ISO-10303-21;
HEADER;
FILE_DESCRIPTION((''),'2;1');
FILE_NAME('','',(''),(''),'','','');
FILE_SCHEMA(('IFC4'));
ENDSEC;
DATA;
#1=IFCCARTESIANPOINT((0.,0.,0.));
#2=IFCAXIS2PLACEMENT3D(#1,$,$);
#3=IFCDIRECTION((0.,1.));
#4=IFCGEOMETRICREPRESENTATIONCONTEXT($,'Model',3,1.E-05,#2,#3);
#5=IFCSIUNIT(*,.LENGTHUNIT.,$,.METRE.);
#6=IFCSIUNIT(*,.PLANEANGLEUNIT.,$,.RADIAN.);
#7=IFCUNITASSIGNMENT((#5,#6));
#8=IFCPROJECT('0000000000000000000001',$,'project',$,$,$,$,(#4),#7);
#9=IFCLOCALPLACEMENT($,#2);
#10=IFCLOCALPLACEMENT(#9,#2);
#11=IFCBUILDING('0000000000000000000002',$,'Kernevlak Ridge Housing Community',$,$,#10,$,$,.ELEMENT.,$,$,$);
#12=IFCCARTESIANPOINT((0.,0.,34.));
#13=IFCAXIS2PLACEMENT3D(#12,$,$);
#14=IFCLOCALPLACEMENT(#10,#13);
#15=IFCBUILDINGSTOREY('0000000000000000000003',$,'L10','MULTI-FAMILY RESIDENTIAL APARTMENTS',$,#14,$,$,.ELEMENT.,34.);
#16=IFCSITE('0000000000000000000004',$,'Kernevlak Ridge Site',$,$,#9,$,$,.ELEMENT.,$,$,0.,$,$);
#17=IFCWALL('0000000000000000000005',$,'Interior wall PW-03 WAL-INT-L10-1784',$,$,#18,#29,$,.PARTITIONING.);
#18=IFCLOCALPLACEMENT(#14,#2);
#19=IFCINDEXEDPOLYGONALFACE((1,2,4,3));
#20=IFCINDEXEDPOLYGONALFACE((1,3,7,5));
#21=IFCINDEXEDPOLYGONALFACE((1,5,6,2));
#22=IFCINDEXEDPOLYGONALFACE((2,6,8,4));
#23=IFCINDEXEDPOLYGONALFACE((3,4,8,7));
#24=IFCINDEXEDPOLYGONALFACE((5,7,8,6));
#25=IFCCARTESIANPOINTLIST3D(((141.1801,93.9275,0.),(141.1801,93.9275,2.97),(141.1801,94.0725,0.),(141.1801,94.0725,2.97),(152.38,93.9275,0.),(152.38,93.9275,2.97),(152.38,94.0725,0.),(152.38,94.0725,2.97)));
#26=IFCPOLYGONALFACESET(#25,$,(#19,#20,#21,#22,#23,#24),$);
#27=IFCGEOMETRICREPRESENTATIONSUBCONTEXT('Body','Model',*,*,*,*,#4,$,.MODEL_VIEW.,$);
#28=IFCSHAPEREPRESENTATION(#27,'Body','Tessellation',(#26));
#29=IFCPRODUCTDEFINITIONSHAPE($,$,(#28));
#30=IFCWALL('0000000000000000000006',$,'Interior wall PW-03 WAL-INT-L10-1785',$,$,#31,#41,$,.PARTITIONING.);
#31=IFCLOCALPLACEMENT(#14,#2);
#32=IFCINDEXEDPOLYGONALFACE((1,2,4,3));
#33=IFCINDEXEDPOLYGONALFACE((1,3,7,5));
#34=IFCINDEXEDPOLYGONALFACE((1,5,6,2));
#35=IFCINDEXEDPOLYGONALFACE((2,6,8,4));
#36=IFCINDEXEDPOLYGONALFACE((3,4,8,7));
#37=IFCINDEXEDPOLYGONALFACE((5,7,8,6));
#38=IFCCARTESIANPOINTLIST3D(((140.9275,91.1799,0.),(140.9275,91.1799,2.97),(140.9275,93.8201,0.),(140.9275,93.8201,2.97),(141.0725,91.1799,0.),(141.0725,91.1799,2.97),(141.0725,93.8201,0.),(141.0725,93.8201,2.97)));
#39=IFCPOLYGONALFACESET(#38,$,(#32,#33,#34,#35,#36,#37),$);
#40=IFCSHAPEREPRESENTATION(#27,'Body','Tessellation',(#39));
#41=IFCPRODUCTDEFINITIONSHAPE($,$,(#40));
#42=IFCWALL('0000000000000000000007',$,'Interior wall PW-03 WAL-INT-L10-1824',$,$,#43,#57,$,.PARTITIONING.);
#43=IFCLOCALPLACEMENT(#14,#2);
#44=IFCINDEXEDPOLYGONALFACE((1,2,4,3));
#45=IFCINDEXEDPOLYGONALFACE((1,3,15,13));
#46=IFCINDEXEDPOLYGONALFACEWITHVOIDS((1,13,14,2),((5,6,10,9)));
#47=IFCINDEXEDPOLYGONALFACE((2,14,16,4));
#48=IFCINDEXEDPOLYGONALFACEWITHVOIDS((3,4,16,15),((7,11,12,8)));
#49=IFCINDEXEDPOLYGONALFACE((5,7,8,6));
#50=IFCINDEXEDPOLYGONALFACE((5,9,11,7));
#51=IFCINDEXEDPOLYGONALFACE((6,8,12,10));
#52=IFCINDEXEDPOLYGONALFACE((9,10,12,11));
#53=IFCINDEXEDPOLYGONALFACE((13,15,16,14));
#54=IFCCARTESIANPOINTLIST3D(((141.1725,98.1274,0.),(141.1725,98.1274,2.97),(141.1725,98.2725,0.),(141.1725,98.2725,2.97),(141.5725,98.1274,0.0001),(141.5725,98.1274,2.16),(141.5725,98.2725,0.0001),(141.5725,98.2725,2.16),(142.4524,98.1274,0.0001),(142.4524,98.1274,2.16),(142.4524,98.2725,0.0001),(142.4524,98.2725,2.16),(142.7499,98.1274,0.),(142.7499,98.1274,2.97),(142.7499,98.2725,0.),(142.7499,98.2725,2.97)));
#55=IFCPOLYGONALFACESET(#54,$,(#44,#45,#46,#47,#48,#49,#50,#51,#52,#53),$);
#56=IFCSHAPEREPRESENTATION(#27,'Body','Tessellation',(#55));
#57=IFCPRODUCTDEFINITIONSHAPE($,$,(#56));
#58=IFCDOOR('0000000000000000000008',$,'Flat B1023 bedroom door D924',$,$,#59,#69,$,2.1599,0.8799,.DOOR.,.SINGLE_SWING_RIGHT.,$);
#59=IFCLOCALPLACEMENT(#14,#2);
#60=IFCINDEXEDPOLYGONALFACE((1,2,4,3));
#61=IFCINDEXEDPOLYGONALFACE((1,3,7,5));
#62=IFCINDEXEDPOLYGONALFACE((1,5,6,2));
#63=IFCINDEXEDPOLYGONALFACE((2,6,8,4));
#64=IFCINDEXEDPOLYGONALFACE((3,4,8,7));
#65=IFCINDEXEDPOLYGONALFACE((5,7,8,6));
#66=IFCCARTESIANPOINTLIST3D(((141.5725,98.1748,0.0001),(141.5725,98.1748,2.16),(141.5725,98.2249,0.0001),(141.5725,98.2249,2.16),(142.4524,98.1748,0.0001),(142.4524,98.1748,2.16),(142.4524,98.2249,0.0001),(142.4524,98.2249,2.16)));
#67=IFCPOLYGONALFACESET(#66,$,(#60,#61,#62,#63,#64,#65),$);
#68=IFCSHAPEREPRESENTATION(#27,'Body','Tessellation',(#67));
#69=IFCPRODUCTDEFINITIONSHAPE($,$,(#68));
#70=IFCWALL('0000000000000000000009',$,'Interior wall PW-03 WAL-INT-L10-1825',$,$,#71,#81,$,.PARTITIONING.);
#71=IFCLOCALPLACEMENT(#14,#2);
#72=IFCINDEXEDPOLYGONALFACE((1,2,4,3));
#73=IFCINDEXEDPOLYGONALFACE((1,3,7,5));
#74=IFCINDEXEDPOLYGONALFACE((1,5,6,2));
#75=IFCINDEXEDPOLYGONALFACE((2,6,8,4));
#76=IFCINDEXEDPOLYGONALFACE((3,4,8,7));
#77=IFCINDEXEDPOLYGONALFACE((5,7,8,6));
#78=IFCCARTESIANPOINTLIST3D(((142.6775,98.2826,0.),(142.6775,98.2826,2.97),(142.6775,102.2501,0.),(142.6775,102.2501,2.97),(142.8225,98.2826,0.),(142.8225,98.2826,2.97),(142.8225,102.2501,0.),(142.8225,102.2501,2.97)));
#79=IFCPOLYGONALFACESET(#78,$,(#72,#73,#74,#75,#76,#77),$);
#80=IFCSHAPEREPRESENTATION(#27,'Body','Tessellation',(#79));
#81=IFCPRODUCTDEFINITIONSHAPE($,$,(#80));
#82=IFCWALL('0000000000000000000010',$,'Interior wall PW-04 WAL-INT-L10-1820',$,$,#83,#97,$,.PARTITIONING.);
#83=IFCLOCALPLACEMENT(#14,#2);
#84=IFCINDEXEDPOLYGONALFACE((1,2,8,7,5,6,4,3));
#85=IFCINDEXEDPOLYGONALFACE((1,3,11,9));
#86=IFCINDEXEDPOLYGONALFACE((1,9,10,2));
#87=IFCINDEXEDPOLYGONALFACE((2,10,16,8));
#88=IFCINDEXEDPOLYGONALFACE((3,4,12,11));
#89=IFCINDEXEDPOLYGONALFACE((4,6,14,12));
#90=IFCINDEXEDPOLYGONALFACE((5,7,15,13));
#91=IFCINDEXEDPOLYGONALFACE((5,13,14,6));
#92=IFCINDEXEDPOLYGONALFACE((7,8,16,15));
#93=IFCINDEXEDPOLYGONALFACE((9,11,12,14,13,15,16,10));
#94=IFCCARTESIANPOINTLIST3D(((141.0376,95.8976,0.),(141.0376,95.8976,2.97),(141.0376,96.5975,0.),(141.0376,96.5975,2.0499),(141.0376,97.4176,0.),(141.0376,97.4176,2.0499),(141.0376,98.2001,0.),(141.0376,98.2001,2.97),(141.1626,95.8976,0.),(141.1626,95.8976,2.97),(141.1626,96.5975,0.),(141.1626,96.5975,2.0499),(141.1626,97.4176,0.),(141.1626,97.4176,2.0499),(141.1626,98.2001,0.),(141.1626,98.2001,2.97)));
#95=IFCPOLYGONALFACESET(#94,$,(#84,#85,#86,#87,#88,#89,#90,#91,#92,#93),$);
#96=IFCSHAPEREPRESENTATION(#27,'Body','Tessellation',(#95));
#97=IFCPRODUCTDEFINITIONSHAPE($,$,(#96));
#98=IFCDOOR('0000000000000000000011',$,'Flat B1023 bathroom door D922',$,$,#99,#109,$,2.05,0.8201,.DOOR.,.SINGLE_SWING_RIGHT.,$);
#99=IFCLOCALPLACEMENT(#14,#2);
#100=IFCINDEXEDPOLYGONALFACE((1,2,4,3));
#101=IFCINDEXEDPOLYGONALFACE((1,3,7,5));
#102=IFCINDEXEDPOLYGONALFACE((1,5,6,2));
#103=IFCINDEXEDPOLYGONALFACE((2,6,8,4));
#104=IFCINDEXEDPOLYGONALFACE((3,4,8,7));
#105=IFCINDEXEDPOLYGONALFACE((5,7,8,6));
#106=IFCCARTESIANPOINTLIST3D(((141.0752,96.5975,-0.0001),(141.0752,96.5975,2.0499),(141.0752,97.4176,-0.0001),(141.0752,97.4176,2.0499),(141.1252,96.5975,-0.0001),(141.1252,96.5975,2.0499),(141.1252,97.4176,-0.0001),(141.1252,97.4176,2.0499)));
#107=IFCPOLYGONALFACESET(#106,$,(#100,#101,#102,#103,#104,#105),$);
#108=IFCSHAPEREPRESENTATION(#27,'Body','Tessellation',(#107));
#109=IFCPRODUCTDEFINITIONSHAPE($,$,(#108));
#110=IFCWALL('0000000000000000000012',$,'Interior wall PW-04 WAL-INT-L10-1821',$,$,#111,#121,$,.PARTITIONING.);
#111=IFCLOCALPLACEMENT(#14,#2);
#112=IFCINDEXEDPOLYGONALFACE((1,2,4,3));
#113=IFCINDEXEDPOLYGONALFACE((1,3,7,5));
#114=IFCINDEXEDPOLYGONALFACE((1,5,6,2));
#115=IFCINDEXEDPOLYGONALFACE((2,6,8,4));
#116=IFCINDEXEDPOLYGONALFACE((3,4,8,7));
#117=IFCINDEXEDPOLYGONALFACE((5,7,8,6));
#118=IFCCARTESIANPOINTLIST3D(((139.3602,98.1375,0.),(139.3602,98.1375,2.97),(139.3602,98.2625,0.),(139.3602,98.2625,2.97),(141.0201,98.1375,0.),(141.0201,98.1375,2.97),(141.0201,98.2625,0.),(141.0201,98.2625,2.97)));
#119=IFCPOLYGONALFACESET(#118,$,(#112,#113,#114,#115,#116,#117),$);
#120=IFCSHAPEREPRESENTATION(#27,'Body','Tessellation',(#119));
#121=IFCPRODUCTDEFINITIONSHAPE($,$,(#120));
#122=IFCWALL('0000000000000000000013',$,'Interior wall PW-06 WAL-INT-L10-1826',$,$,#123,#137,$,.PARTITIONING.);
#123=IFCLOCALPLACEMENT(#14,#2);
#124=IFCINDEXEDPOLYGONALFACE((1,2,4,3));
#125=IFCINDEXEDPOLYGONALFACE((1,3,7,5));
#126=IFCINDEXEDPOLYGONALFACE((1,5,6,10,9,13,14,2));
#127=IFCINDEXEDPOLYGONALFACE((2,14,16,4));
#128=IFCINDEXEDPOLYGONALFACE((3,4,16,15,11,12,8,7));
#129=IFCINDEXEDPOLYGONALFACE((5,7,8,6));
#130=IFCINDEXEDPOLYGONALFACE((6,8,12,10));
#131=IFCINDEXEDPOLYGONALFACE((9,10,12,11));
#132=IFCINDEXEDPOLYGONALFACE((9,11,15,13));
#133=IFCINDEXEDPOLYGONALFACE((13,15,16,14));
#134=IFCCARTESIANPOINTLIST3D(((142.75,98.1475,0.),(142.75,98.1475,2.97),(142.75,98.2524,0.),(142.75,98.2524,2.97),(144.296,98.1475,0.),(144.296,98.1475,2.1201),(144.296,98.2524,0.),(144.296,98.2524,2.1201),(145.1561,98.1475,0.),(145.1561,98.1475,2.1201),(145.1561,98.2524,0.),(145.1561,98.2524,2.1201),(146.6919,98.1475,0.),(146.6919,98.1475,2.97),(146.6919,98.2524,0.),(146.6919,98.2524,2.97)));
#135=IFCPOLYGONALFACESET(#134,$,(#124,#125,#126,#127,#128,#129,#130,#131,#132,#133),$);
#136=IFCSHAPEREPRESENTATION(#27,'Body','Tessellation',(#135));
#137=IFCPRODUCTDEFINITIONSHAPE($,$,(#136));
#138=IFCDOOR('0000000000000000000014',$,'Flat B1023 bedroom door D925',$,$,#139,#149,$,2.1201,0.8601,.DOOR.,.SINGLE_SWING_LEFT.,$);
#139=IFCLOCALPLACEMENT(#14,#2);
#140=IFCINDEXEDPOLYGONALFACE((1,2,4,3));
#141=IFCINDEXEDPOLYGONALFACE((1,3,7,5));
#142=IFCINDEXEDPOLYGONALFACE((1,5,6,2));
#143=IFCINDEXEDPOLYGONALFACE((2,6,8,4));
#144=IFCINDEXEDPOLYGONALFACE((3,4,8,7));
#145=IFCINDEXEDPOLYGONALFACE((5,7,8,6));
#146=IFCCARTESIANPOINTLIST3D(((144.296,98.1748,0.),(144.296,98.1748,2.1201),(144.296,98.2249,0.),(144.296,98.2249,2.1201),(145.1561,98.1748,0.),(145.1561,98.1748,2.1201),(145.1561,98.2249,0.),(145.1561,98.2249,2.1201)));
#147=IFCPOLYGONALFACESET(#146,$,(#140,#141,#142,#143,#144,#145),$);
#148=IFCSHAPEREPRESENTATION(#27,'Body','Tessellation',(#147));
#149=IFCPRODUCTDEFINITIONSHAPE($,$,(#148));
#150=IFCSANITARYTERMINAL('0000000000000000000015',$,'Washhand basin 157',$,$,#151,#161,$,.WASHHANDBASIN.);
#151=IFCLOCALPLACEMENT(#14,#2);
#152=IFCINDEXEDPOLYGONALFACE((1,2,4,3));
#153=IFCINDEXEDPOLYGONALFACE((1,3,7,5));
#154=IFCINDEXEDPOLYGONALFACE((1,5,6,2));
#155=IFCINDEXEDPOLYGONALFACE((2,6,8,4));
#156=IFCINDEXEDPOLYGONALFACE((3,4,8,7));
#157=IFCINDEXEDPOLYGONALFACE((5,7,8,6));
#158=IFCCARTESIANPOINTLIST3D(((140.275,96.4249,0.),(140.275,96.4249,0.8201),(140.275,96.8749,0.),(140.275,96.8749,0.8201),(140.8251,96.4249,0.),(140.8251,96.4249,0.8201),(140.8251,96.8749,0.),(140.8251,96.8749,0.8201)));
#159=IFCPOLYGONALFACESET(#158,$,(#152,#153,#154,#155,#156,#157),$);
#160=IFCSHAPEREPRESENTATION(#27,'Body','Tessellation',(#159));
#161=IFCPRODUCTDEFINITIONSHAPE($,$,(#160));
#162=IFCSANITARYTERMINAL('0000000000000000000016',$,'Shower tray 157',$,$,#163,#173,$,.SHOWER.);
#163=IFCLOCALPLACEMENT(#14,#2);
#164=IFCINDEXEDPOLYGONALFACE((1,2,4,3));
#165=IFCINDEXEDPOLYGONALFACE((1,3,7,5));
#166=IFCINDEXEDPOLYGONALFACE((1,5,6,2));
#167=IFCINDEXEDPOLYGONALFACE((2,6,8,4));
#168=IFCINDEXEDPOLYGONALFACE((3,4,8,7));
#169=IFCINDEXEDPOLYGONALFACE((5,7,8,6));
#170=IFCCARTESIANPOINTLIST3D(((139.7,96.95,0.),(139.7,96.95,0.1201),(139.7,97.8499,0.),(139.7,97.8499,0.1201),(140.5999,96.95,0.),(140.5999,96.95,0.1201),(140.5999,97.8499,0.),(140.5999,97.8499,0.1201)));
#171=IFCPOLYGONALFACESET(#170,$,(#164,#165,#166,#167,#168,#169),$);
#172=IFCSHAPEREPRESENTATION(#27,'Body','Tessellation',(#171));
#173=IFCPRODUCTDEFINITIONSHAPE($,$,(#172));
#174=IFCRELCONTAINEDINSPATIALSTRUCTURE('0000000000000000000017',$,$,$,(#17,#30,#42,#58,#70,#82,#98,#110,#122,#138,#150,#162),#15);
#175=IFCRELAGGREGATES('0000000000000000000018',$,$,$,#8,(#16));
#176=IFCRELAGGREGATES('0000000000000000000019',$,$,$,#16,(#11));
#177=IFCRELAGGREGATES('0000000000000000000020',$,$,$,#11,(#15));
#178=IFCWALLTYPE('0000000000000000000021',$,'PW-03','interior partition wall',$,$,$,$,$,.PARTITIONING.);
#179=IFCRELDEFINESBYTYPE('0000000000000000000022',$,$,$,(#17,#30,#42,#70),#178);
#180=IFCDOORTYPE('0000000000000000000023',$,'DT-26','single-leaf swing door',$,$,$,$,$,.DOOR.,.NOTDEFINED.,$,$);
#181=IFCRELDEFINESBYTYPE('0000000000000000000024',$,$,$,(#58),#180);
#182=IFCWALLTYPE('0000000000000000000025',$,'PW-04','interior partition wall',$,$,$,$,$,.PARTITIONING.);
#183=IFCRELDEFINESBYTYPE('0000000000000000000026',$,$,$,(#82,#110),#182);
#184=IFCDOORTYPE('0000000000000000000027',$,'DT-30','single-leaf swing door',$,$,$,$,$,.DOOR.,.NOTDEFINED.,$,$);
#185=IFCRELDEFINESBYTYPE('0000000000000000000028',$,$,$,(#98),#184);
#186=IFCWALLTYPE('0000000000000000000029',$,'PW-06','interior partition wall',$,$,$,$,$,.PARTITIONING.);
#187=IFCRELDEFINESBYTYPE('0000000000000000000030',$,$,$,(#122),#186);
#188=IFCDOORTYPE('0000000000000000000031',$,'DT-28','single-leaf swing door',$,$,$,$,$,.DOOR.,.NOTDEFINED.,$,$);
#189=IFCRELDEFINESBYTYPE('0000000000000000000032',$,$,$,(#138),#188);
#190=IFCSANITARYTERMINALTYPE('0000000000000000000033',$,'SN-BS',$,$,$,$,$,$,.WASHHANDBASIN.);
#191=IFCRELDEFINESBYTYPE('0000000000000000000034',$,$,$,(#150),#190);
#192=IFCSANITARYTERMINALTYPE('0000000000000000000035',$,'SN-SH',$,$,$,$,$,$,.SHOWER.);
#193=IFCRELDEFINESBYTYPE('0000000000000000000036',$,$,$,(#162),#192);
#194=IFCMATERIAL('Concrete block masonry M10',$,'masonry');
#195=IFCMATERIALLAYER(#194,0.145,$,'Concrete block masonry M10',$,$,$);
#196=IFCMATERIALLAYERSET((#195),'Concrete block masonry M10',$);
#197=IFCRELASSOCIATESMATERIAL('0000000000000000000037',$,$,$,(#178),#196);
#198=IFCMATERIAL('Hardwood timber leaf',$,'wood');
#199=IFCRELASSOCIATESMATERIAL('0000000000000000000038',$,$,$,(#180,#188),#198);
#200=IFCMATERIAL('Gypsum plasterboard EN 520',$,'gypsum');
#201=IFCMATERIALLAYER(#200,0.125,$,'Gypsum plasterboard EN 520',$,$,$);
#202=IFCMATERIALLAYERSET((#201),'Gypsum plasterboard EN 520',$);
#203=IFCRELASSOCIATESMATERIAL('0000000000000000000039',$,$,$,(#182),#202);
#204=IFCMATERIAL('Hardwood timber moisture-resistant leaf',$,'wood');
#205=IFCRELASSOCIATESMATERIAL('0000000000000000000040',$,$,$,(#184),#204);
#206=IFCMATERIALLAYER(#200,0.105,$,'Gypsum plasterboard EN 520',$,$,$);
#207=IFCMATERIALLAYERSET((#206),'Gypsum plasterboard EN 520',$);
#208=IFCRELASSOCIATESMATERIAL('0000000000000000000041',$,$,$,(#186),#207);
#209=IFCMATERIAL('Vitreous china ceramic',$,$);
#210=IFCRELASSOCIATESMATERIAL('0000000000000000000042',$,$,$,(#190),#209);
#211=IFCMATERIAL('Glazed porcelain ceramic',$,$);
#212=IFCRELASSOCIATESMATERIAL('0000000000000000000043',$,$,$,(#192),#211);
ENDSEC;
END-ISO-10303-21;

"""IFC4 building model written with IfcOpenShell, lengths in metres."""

from ifc_helpers import new_model, si_unit, direction, frame, frame_2d, origin, origin_2d, place, context, subcontext, project, spatial, rectangle, extrude, material, layer, layer_set, type_object, element, fill, save


model = new_model("IFC4")

# Units and contexts
model_context = context("Model", 3, precision=1e-05, world=origin(), true_north=direction((0.0, 1.0)))
body_context = subcontext(model_context, "Body", "Model", "MODEL_VIEW")
ifc_project = project(units=[si_unit("LENGTHUNIT", "METRE"), si_unit("PLANEANGLEUNIT", "RADIAN")], contexts=[model_context])

# Site, building, storey
site_placement = place(None, origin())
site = spatial("IfcSite", under=ifc_project, at=site_placement, Name="Kernevlak Ridge Site", CompositionType="ELEMENT", RefElevation=0.0)
building_placement = place(site_placement, origin())
building = spatial("IfcBuilding", under=site, at=building_placement, Name="Kernevlak Ridge Housing Community", CompositionType="ELEMENT")
storey_placement = place(building_placement, frame((0.0, 0.0, 34.0)))
storey = spatial("IfcBuildingStorey", under=building, at=storey_placement, Name="L10", Description="MULTI-FAMILY RESIDENTIAL APARTMENTS", CompositionType="ELEMENT", Elevation=34.0)

# Shared definitions
ifc_material_1 = material(Name="Concrete block masonry M10", Category="masonry")

# Walls
ifc_layer_1 = layer(ifc_material_1, 0.145, Name="Concrete block masonry M10")
ifc_layer_set_1 = layer_set([ifc_layer_1], Name="Concrete block masonry M10")
wall_type_1 = type_object("IfcWallType", Name="PW-03", Description="interior partition wall", PredefinedType="PARTITIONING", material=ifc_layer_set_1)
wall_1_placement = place(storey_placement, frame((141.1799, 94.0, 0.0), z_axis=(0.0, 0.0, 1.0), x_axis=(1.0, 0.0, 0.0)))
element("IfcWall", 1, at=wall_1_placement, inside=storey, type_object=wall_type_1, Name="Interior wall PW-03 WAL-INT-L10-1784", PredefinedType="PARTITIONING", context=body_context, shape_type="SweptSolid", body=[
    extrude(rectangle(XDim=11.2, YDim=0.145, at=frame_2d((5.6001, 0.0))), origin(), (0.0, 0.0, 1.0), 2.97),
])
wall_2_placement = place(storey_placement, frame((141.0, 91.1799, 0.0), z_axis=(0.0, 0.0, 1.0), x_axis=(0.0, 1.0, 0.0)))
element("IfcWall", 2, at=wall_2_placement, inside=storey, type_object=wall_type_1, Name="Interior wall PW-03 WAL-INT-L10-1785", PredefinedType="PARTITIONING", context=body_context, shape_type="SweptSolid", body=[
    extrude(rectangle(XDim=2.6401, YDim=0.145, at=frame_2d((1.3201, 0.0))), origin(), (0.0, 0.0, 1.0), 2.97),
])

# Wall, opening, door
wall_3_placement = place(storey_placement, frame((141.1726, 98.2, 0.0), z_axis=(0.0, 0.0, 1.0), x_axis=(1.0, 0.0, 0.0)))
wall_3 = element("IfcWall", 3, at=wall_3_placement, inside=storey, type_object=wall_type_1, Name="Interior wall PW-03 WAL-INT-L10-1824", PredefinedType="PARTITIONING", context=body_context, shape_type="SweptSolid", body=[
    extrude(rectangle(XDim=1.5774, YDim=0.145, at=frame_2d((0.7886, 0.0))), origin(), (0.0, 0.0, 1.0), 2.97),
])
opening_1_placement = place(wall_3_placement, frame((0.3999, 0.0, 0.0)))
opening_1 = element("IfcOpeningElement", 4, at=opening_1_placement, cuts=wall_3, PredefinedType="OPENING", context=body_context, shape_type="SweptSolid", body=[
    extrude(rectangle(XDim=0.8799, YDim=2.1599, at=frame_2d((0.4399, 1.0801))), frame((0.0, 0.0825, 0.0), z_axis=(0.0, -1.0, 0.0), x_axis=(1.0, 0.0, 0.0)), (0.0, 0.0, 1.0), 0.165),
])
ifc_material_2 = material(Name="Hardwood timber leaf", Category="wood")
door_type_1 = type_object("IfcDoorType", Name="DT-26", Description="single-leaf swing door", OperationType="NOTDEFINED", PredefinedType="DOOR", material=ifc_material_2)
door_1_placement = place(opening_1_placement, origin())
door_1 = element("IfcDoor", 5, at=door_1_placement, inside=storey, type_object=door_type_1, Name="Flat B1023 bedroom door D924", OperationType="SINGLE_SWING_RIGHT", OverallHeight=2.1599, OverallWidth=0.8799, PredefinedType="DOOR", context=body_context, shape_type="SweptSolid", body=[
    extrude(rectangle(XDim=0.8799, YDim=2.1599, at=frame_2d((0.4399, 1.0801))), frame((0.0, 0.0249, 0.0), z_axis=(0.0, -1.0, 0.0), x_axis=(1.0, 0.0, 0.0)), (0.0, 0.0, 1.0), 0.05),
])
fill(opening_1, door_1)

# Wall
wall_4_placement = place(storey_placement, frame((142.75, 98.2825, 0.0), z_axis=(0.0, 0.0, 1.0), x_axis=(0.0, 1.0, 0.0)))
element("IfcWall", 6, at=wall_4_placement, inside=storey, type_object=wall_type_1, Name="Interior wall PW-03 WAL-INT-L10-1825", PredefinedType="PARTITIONING", context=body_context, shape_type="SweptSolid", body=[
    extrude(rectangle(XDim=3.9675, YDim=0.145, at=frame_2d((1.9839, 0.0))), origin(), (0.0, 0.0, 1.0), 2.97),
])

# Wall, opening, door
ifc_material_3 = material(Name="Gypsum plasterboard EN 520", Category="gypsum")
ifc_layer_2 = layer(ifc_material_3, 0.125, Name="Gypsum plasterboard EN 520")
ifc_layer_set_2 = layer_set([ifc_layer_2], Name="Gypsum plasterboard EN 520")
wall_type_2 = type_object("IfcWallType", Name="PW-04", Description="interior partition wall", PredefinedType="PARTITIONING", material=ifc_layer_set_2)
wall_5_placement = place(storey_placement, frame((141.1001, 95.8975, 0.0), z_axis=(0.0, 0.0, 1.0), x_axis=(0.0, 1.0, 0.0)))
wall_5 = element("IfcWall", 7, at=wall_5_placement, inside=storey, type_object=wall_type_2, Name="Interior wall PW-04 WAL-INT-L10-1820", PredefinedType="PARTITIONING", context=body_context, shape_type="SweptSolid", body=[
    extrude(rectangle(XDim=2.3025, YDim=0.125, at=frame_2d((1.1514, 0.0))), origin(), (0.0, 0.0, 1.0), 2.97),
])
opening_2_placement = place(wall_5_placement, frame((0.7, 0.0, 0.0)))
opening_2 = element("IfcOpeningElement", 8, at=opening_2_placement, cuts=wall_5, PredefinedType="OPENING", context=body_context, shape_type="SweptSolid", body=[
    extrude(rectangle(XDim=0.8201, YDim=2.05, at=frame_2d((0.4102, 1.0249))), frame((0.0, 0.0725, 0.0), z_axis=(0.0, -1.0, 0.0), x_axis=(1.0, 0.0, 0.0)), (0.0, 0.0, 1.0), 0.145),
])
ifc_material_4 = material(Name="Hardwood timber moisture-resistant leaf", Category="wood")
door_type_2 = type_object("IfcDoorType", Name="DT-30", Description="single-leaf swing door", OperationType="NOTDEFINED", PredefinedType="DOOR", material=ifc_material_4)
door_2_placement = place(opening_2_placement, origin())
door_2 = element("IfcDoor", 9, at=door_2_placement, inside=storey, type_object=door_type_2, Name="Flat B1023 bathroom door D922", OperationType="SINGLE_SWING_RIGHT", OverallHeight=2.05, OverallWidth=0.8201, PredefinedType="DOOR", context=body_context, shape_type="SweptSolid", body=[
    extrude(rectangle(XDim=0.8201, YDim=2.05, at=frame_2d((0.4102, 1.0249))), frame((0.0, 0.0249, 0.0), z_axis=(0.0, -1.0, 0.0), x_axis=(1.0, 0.0, 0.0)), (0.0, 0.0, 1.0), 0.05),
])
fill(opening_2, door_2)

# Wall
wall_6_placement = place(storey_placement, frame((139.3601, 98.2, 0.0), z_axis=(0.0, 0.0, 1.0), x_axis=(1.0, 0.0, 0.0)))
element("IfcWall", 10, at=wall_6_placement, inside=storey, type_object=wall_type_2, Name="Interior wall PW-04 WAL-INT-L10-1821", PredefinedType="PARTITIONING", context=body_context, shape_type="SweptSolid", body=[
    extrude(rectangle(XDim=1.6599, YDim=0.125, at=frame_2d((0.8301, 0.0))), origin(), (0.0, 0.0, 1.0), 2.97),
])

# Wall, opening, door
ifc_layer_3 = layer(ifc_material_3, 0.105, Name="Gypsum plasterboard EN 520")
ifc_layer_set_3 = layer_set([ifc_layer_3], Name="Gypsum plasterboard EN 520")
wall_type_3 = type_object("IfcWallType", Name="PW-06", Description="interior partition wall", PredefinedType="PARTITIONING", material=ifc_layer_set_3)
wall_7_placement = place(storey_placement, frame((142.75, 98.2, 0.0), z_axis=(0.0, 0.0, 1.0), x_axis=(1.0, 0.0, 0.0)))
wall_7 = element("IfcWall", 11, at=wall_7_placement, inside=storey, type_object=wall_type_3, Name="Interior wall PW-06 WAL-INT-L10-1826", PredefinedType="PARTITIONING", context=body_context, shape_type="SweptSolid", body=[
    extrude(rectangle(XDim=3.9419, YDim=0.105, at=frame_2d((1.9709, 0.0))), origin(), (0.0, 0.0, 1.0), 2.97),
])
opening_3_placement = place(wall_7_placement, frame((1.5459, 0.0, 0.0)))
opening_3 = element("IfcOpeningElement", 12, at=opening_3_placement, cuts=wall_7, PredefinedType="OPENING", context=body_context, shape_type="SweptSolid", body=[
    extrude(rectangle(XDim=0.8601, YDim=2.1201, at=frame_2d((0.4302, 1.0601))), frame((0.0, 0.0625, 0.0), z_axis=(0.0, -1.0, 0.0), x_axis=(1.0, 0.0, 0.0)), (0.0, 0.0, 1.0), 0.125),
])
door_type_3 = type_object("IfcDoorType", Name="DT-28", Description="single-leaf swing door", OperationType="NOTDEFINED", PredefinedType="DOOR", material=ifc_material_2)
door_3_placement = place(opening_3_placement, origin())
door_3 = element("IfcDoor", 13, at=door_3_placement, inside=storey, type_object=door_type_3, Name="Flat B1023 bedroom door D925", OperationType="SINGLE_SWING_LEFT", OverallHeight=2.1201, OverallWidth=0.8601, PredefinedType="DOOR", context=body_context, shape_type="SweptSolid", body=[
    extrude(rectangle(XDim=0.8601, YDim=2.1201, at=frame_2d((0.4302, 1.0601))), frame((0.0, 0.0249, 0.0), z_axis=(0.0, -1.0, 0.0), x_axis=(1.0, 0.0, 0.0)), (0.0, 0.0, 1.0), 0.05),
])
fill(opening_3, door_3)

# Sanitary terminals
ifc_material_5 = material(Name="Vitreous china ceramic")
sanitary_terminal_type_1 = type_object("IfcSanitaryTerminalType", Name="SN-BS", PredefinedType="WASHHANDBASIN", material=ifc_material_5)
sanitary_terminal_1_placement = place(storey_placement, frame((140.55, 96.6499, 0.0), z_axis=(0.0, 0.0, 1.0), x_axis=(1.0, 0.0, 0.0)))
element("IfcSanitaryTerminal", 14, at=sanitary_terminal_1_placement, inside=storey, type_object=sanitary_terminal_type_1, Name="Washhand basin 157", PredefinedType="WASHHANDBASIN", context=body_context, shape_type="SweptSolid", body=[
    extrude(rectangle(XDim=0.55, YDim=0.45, at=origin_2d()), origin(), (0.0, 0.0, 1.0), 0.8201),
])
ifc_material_6 = material(Name="Glazed porcelain ceramic")
sanitary_terminal_type_2 = type_object("IfcSanitaryTerminalType", Name="SN-SH", PredefinedType="SHOWER", material=ifc_material_6)
sanitary_terminal_2_placement = place(storey_placement, frame((140.1499, 97.3999, 0.0), z_axis=(0.0, 0.0, 1.0), x_axis=(1.0, 0.0, 0.0)))
element("IfcSanitaryTerminal", 15, at=sanitary_terminal_2_placement, inside=storey, type_object=sanitary_terminal_type_2, Name="Shower tray 157", PredefinedType="SHOWER", context=body_context, shape_type="SweptSolid", body=[
    extrude(rectangle(XDim=0.8999, YDim=0.8999, at=origin_2d()), origin(), (0.0, 0.0, 1.0), 0.1201),
])

save(model, "model.ifc")
